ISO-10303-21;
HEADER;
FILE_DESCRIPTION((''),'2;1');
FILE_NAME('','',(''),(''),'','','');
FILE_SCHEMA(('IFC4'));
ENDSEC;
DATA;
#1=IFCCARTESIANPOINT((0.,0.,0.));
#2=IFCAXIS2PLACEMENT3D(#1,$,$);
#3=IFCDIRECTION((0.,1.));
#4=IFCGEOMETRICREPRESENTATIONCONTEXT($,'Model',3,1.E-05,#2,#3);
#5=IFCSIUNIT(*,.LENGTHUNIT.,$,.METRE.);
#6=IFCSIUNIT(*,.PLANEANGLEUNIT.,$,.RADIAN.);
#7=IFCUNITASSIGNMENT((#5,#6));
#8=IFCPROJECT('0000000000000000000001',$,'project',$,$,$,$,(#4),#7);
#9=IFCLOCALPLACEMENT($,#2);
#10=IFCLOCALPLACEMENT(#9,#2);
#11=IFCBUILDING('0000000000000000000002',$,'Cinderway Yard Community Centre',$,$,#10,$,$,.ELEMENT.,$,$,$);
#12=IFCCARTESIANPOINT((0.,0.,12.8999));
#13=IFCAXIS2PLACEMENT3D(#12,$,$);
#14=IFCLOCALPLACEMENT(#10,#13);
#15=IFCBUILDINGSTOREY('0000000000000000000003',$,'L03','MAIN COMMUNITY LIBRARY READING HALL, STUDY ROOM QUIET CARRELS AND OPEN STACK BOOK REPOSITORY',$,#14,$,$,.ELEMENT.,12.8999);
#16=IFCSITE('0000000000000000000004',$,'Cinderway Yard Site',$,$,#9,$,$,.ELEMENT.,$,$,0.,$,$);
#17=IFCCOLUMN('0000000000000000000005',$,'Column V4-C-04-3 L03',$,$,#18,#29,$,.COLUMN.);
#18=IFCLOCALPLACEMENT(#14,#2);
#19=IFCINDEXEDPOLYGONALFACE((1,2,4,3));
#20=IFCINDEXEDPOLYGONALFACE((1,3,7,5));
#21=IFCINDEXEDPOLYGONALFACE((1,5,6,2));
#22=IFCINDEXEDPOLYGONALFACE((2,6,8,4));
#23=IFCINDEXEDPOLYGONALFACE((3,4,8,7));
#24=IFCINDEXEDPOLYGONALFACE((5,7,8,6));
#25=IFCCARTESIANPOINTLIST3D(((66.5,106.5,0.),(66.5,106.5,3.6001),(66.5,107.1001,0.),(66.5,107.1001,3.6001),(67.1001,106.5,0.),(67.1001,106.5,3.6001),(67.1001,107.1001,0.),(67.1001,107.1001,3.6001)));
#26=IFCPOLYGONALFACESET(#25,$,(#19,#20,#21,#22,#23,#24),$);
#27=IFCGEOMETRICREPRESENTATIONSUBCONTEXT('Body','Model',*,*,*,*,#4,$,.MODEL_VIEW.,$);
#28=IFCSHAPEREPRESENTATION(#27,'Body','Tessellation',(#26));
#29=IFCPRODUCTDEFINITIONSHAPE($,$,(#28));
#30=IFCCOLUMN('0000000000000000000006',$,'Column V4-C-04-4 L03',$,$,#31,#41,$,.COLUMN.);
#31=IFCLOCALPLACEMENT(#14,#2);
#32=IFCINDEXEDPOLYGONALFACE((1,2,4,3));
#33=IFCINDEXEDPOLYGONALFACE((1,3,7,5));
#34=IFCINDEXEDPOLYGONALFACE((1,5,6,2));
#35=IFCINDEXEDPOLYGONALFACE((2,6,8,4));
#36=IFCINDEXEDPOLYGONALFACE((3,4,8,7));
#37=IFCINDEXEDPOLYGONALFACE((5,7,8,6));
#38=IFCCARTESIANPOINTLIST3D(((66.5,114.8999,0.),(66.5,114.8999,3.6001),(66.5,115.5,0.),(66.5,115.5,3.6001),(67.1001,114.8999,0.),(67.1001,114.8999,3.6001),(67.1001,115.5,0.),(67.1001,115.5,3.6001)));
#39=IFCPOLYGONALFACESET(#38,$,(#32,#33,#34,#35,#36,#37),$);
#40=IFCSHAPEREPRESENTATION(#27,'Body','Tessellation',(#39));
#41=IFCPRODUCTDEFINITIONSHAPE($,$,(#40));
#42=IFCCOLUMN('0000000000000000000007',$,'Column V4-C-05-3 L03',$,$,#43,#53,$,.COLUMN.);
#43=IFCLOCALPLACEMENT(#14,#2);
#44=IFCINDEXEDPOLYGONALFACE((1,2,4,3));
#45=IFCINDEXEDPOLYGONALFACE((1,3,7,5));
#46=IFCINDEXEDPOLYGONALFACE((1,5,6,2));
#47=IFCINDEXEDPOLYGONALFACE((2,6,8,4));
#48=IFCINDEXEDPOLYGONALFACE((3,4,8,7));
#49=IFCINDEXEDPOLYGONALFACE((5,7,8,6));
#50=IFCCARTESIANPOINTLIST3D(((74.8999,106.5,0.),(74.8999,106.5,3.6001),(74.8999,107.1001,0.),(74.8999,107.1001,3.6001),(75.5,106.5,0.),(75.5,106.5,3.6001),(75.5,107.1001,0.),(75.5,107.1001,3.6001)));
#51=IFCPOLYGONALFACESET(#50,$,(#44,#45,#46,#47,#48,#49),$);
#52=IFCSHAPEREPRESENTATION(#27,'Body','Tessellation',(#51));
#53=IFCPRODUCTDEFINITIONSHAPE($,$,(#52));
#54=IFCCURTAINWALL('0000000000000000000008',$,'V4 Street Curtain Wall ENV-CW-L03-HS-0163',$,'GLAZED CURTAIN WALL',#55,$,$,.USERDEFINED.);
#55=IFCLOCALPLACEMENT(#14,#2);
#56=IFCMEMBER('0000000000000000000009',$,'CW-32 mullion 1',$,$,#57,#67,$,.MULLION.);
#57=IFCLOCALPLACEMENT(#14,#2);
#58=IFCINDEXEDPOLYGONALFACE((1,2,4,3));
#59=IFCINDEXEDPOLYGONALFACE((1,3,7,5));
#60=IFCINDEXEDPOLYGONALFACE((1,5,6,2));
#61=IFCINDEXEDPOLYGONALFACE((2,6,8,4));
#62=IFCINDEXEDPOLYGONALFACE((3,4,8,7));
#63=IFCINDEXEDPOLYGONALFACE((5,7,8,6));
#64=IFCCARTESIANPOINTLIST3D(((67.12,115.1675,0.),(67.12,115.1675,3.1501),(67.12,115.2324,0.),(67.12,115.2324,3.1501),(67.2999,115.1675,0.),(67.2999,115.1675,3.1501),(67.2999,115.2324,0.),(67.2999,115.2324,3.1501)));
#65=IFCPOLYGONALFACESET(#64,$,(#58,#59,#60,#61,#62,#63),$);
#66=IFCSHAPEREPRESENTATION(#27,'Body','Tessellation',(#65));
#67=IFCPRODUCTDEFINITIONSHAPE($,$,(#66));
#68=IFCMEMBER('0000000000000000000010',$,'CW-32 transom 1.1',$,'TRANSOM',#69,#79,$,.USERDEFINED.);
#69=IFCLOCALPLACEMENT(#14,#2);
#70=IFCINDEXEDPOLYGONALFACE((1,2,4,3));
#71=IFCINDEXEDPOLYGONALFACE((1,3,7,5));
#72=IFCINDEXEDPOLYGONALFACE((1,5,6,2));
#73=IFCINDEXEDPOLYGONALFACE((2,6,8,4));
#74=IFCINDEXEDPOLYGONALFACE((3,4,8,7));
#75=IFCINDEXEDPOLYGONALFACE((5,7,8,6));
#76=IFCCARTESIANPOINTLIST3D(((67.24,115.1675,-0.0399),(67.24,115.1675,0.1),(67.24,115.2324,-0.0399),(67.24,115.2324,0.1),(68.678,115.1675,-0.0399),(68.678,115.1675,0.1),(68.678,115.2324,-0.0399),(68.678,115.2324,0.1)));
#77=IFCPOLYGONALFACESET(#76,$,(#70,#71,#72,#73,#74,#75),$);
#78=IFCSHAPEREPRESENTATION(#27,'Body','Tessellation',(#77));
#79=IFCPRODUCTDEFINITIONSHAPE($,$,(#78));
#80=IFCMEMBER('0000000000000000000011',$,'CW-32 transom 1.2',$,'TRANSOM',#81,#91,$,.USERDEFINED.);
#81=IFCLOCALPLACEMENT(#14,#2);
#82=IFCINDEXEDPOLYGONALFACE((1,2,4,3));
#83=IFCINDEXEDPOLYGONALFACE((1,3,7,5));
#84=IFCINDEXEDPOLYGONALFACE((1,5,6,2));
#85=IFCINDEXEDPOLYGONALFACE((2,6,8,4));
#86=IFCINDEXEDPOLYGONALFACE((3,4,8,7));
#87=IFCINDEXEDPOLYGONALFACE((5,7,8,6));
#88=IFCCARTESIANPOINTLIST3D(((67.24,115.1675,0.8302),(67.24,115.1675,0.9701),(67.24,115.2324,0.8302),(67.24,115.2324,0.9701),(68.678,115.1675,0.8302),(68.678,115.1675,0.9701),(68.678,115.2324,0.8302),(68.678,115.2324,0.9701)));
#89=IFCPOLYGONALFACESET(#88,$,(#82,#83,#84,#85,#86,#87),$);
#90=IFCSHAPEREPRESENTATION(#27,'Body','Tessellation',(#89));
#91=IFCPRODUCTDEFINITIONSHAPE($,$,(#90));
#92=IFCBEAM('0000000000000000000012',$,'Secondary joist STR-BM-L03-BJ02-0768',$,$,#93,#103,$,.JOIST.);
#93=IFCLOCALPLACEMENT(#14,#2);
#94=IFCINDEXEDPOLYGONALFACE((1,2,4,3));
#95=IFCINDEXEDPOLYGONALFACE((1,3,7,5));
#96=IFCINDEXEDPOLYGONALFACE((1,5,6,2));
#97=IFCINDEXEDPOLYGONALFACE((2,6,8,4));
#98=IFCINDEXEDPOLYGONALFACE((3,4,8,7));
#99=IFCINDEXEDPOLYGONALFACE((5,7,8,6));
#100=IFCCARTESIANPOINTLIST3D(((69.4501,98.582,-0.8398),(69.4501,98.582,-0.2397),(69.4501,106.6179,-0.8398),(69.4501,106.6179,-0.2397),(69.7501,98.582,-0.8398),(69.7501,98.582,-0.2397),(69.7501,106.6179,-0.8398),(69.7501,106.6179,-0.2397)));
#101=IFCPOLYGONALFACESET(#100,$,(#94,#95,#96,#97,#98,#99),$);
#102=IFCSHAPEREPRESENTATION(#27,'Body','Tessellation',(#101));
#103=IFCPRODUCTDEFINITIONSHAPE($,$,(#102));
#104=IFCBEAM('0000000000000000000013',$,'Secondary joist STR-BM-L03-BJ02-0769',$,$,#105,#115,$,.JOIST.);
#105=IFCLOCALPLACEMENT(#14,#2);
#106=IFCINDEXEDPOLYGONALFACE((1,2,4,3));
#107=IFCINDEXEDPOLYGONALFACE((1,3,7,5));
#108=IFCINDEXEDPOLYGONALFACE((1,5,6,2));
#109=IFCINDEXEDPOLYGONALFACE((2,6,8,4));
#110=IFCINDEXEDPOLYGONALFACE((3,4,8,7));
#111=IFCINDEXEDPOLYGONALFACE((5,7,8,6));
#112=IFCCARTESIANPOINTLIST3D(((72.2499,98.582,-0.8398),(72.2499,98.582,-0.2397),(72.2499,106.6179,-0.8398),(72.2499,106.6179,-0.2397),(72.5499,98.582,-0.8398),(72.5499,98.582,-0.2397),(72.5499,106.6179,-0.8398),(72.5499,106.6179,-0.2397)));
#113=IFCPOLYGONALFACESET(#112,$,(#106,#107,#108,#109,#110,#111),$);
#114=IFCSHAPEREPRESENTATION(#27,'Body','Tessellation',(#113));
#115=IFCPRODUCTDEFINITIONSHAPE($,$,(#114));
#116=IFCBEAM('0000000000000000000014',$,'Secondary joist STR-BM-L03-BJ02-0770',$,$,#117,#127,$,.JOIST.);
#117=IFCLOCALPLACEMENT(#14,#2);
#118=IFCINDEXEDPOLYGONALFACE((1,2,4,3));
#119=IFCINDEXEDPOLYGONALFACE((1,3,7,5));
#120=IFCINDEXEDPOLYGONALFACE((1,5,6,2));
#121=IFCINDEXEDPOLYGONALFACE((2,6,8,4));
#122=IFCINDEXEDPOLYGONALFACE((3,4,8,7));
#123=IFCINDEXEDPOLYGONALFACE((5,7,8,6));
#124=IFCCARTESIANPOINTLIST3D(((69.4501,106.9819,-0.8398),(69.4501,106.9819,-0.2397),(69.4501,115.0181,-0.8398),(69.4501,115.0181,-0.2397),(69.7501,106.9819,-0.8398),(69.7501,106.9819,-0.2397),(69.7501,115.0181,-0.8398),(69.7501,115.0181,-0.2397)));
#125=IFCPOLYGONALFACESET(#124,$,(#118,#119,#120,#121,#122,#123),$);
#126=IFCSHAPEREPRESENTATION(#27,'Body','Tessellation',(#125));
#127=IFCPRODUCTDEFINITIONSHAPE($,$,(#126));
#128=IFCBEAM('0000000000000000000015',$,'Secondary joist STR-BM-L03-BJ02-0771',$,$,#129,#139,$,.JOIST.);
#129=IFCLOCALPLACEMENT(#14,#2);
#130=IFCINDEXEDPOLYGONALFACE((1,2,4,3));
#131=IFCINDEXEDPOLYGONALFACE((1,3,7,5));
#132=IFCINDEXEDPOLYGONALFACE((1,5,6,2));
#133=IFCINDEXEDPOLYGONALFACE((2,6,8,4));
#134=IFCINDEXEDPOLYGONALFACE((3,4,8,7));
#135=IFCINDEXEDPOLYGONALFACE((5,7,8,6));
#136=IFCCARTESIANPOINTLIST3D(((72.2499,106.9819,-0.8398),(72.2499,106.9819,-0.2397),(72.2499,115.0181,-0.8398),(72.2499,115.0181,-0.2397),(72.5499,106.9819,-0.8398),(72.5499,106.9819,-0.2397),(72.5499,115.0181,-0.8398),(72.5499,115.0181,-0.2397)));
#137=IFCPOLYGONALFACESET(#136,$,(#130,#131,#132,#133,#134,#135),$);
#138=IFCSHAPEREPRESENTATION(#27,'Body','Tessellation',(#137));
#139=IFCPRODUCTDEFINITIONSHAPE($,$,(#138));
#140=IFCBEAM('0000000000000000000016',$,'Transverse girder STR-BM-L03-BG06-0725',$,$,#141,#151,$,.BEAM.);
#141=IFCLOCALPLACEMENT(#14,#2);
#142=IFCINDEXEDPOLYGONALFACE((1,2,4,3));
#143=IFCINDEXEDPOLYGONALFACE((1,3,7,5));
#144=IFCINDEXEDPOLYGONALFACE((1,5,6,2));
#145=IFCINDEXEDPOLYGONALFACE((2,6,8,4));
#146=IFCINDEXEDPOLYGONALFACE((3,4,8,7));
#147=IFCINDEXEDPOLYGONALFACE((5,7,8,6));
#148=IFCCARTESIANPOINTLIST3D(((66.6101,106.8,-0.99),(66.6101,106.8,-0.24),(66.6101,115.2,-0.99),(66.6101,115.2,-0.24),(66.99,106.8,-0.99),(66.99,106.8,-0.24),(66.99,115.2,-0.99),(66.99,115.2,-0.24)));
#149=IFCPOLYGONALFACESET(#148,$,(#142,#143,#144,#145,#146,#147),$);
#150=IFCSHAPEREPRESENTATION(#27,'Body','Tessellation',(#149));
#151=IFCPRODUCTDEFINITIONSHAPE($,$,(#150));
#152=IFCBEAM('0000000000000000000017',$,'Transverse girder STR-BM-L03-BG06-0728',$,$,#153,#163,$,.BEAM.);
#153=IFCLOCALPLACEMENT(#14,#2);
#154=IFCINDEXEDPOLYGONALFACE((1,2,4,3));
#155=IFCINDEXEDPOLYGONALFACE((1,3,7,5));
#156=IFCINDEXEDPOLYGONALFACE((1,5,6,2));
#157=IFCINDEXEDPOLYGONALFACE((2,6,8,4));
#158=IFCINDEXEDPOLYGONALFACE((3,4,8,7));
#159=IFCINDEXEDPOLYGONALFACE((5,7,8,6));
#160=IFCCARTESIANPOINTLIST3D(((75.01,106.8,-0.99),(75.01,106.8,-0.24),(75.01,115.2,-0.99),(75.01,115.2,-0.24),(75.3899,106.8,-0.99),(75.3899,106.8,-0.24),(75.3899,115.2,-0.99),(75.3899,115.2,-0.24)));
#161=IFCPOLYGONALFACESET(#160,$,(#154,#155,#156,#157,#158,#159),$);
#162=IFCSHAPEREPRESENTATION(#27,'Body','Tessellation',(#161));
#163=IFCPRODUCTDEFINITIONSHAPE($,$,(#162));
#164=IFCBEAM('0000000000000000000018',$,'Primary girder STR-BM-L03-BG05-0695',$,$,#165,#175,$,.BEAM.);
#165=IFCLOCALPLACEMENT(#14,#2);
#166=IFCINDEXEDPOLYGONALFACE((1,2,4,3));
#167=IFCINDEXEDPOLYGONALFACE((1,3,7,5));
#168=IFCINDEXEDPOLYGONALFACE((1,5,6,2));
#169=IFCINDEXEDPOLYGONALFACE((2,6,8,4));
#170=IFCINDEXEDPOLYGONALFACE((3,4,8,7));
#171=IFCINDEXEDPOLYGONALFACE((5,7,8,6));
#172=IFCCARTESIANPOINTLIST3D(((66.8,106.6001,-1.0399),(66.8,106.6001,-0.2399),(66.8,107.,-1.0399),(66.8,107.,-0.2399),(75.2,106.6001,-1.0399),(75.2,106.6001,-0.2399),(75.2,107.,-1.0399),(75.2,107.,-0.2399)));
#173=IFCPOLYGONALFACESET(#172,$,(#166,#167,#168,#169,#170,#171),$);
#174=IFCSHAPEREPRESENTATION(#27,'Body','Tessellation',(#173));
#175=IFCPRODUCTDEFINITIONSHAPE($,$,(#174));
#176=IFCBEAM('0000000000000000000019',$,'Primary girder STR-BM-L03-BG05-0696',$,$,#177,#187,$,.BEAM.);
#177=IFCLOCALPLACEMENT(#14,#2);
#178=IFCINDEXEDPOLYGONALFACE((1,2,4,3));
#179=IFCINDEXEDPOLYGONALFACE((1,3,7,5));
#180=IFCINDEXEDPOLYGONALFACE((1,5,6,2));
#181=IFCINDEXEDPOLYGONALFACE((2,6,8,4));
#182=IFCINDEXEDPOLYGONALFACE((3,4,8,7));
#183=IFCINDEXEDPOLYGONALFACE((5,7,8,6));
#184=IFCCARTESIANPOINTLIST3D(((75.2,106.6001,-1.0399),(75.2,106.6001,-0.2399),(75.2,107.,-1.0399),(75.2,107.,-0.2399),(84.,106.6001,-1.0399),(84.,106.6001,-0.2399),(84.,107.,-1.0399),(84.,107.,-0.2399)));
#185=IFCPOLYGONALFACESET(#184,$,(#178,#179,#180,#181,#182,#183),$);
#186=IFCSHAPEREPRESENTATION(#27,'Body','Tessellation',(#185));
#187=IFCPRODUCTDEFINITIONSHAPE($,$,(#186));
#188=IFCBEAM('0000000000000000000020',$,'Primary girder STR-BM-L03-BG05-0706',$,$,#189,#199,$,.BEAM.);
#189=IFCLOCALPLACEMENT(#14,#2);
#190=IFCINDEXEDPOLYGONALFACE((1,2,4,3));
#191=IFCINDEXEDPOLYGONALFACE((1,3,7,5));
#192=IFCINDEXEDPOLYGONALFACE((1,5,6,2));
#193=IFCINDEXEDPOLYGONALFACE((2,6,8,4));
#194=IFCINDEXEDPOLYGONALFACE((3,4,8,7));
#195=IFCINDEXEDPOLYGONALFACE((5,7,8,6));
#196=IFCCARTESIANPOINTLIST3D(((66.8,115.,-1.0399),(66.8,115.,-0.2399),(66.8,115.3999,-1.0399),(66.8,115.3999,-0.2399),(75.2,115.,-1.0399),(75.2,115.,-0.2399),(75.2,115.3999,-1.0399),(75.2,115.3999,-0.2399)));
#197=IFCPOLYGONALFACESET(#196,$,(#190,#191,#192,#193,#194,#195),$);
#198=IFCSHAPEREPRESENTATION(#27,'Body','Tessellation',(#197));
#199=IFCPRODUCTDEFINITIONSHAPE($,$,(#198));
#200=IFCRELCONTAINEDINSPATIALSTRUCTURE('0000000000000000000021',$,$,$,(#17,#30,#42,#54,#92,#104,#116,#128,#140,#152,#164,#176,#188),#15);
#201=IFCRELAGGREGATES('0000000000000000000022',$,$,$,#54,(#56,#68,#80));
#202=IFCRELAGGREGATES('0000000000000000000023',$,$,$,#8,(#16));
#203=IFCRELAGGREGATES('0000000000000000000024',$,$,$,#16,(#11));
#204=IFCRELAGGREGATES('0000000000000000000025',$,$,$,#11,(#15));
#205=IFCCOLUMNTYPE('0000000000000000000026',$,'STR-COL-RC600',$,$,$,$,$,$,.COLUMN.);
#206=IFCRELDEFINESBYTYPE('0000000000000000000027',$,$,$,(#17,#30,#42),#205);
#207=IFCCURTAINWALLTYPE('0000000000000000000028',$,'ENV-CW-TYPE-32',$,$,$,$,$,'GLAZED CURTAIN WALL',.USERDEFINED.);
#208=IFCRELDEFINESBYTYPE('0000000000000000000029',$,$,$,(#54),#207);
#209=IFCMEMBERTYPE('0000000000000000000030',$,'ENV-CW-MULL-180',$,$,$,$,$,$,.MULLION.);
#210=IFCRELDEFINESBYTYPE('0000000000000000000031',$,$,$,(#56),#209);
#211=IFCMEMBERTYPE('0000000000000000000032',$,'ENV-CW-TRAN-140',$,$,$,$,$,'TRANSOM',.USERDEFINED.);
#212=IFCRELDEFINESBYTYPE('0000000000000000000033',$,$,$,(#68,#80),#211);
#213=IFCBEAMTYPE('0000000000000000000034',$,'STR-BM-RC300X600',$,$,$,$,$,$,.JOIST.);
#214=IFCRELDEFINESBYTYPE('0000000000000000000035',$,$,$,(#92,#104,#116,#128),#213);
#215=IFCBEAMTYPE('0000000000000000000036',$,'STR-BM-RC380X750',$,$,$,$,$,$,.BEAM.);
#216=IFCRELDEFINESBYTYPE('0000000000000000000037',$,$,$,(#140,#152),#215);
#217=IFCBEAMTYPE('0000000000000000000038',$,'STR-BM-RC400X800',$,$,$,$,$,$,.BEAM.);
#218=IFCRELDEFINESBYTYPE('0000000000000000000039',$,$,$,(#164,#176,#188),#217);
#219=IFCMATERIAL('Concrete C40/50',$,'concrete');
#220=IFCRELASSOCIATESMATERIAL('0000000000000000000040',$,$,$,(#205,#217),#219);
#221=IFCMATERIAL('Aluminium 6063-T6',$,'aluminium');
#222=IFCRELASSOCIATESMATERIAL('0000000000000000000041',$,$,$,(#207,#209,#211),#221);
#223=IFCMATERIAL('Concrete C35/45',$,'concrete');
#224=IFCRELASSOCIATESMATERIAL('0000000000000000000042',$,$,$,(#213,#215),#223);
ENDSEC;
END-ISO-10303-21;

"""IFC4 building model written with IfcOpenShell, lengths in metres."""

from ifc_helpers import new_model, si_unit, direction, frame, origin, origin_2d, place, context, subcontext, project, spatial, rectangle, extrude, material, material_profile, profile_set, type_object, element, aggregate, save


model = new_model("IFC4")

# Units and contexts
model_context = context("Model", 3, precision=1e-05, world=origin(), true_north=direction((0.0, 1.0)))
body_context = subcontext(model_context, "Body", "Model", "MODEL_VIEW")
ifc_project = project(units=[si_unit("LENGTHUNIT", "METRE"), si_unit("PLANEANGLEUNIT", "RADIAN")], contexts=[model_context])

# Site, building, storey
site_placement = place(None, origin())
site = spatial("IfcSite", under=ifc_project, at=site_placement, Name="Cinderway Yard Site", CompositionType="ELEMENT", RefElevation=0.0)
building_placement = place(site_placement, origin())
building = spatial("IfcBuilding", under=site, at=building_placement, Name="Cinderway Yard Community Centre", CompositionType="ELEMENT")
storey_placement = place(building_placement, frame((0.0, 0.0, 12.8999)))
storey = spatial("IfcBuildingStorey", under=building, at=storey_placement, Name="L03", Description="MAIN COMMUNITY LIBRARY READING HALL, STUDY ROOM QUIET CARRELS AND OPEN STACK BOOK REPOSITORY", CompositionType="ELEMENT", Elevation=12.8999)

# Columns
ifc_material_1 = material(Name="Concrete C40/50", Category="concrete")
ifc_material_profile_1 = material_profile(ifc_material_1, rectangle(XDim=0.6001, YDim=0.6001, at=origin_2d()), Name="Concrete C40/50")
ifc_profile_set_1 = profile_set([ifc_material_profile_1], Name="Concrete C40/50")
column_type = type_object("IfcColumnType", Name="STR-COL-RC600", PredefinedType="COLUMN", material=ifc_profile_set_1)
for number, where, z_axis, x_axis, name in (
    (1, (66.8, 106.8, 0.0), (0.0, 0.0, 1.0), (1.0, 0.0, 0.0), "Column V4-C-04-3 L03"),
    (2, (66.8, 115.2, 0.0), (0.0, 0.0, 1.0), (1.0, 0.0, 0.0), "Column V4-C-04-4 L03"),
    (3, (75.2, 106.8, 0.0), (0.0, 0.0, 1.0), (1.0, 0.0, 0.0), "Column V4-C-05-3 L03"),
):
    element("IfcColumn", number, at=place(storey_placement, frame(where, z_axis=z_axis, x_axis=x_axis)), inside=storey, type_object=column_type, Name=name, PredefinedType="COLUMN", context=body_context, shape_type="SweptSolid", body=[
        extrude(rectangle(XDim=0.6001, YDim=0.6001, at=origin_2d()), origin(), (0.0, 0.0, 1.0), 3.6001),
    ])

# Curtain wall, members
ifc_material_2 = material(Name="Aluminium 6063-T6", Category="aluminium")
curtain_wall_type = type_object("IfcCurtainWallType", Name="ENV-CW-TYPE-32", ElementType="GLAZED CURTAIN WALL", PredefinedType="USERDEFINED", material=ifc_material_2)
curtain_wall_placement = place(storey_placement, origin())
curtain_wall = element("IfcCurtainWall", 4, at=curtain_wall_placement, inside=storey, type_object=curtain_wall_type, Name="V4 Street Curtain Wall ENV-CW-L03-HS-0163", ObjectType="GLAZED CURTAIN WALL", PredefinedType="USERDEFINED")
ifc_material_profile_2 = material_profile(ifc_material_2, rectangle(XDim=0.0649, YDim=0.1799, at=origin_2d()), Name="Aluminium 6063-T6")
ifc_profile_set_2 = profile_set([ifc_material_profile_2], Name="Aluminium 6063-T6")
member_type_1 = type_object("IfcMemberType", Name="ENV-CW-MULL-180", PredefinedType="MULLION", material=ifc_profile_set_2)
member_1_placement = place(storey_placement, frame((67.21, 115.2, 0.0), z_axis=(0.0, 0.0, 1.0), x_axis=(0.0, 1.0, 0.0)))
member_1 = element("IfcMember", 5, at=member_1_placement, type_object=member_type_1, Name="CW-32 mullion 1", PredefinedType="MULLION", context=body_context, shape_type="SweptSolid", body=[
    extrude(rectangle(XDim=0.0649, YDim=0.1799, at=origin_2d()), origin(), (0.0, 0.0, 1.0), 3.1501),
])
ifc_material_profile_3 = material_profile(ifc_material_2, rectangle(XDim=0.0649, YDim=0.1399, at=origin_2d()), Name="Aluminium 6063-T6")
ifc_profile_set_3 = profile_set([ifc_material_profile_3], Name="Aluminium 6063-T6")
member_type_2 = type_object("IfcMemberType", Name="ENV-CW-TRAN-140", ElementType="TRANSOM", PredefinedType="USERDEFINED", material=ifc_profile_set_3)
member_2_placement = place(storey_placement, frame((67.24, 115.2, 0.03), z_axis=(1.0, 0.0, 0.0), x_axis=(0.0, 1.0, 0.0)))
member_2 = element("IfcMember", 6, at=member_2_placement, type_object=member_type_2, Name="CW-32 transom 1.1", ObjectType="TRANSOM", PredefinedType="USERDEFINED", context=body_context, shape_type="SweptSolid", body=[
    extrude(rectangle(XDim=0.0649, YDim=0.1399, at=origin_2d()), origin(), (0.0, 0.0, 1.0), 1.438),
])
member_3_placement = place(storey_placement, frame((67.24, 115.2, 0.9001), z_axis=(1.0, 0.0, 0.0), x_axis=(0.0, 1.0, 0.0)))
member_3 = element("IfcMember", 7, at=member_3_placement, type_object=member_type_2, Name="CW-32 transom 1.2", ObjectType="TRANSOM", PredefinedType="USERDEFINED", context=body_context, shape_type="SweptSolid", body=[
    extrude(rectangle(XDim=0.0649, YDim=0.1399, at=origin_2d()), origin(), (0.0, 0.0, 1.0), 1.438),
])
aggregate(curtain_wall, [member_1, member_2, member_3])

# Beams
ifc_material_3 = material(Name="Concrete C35/45", Category="concrete")
ifc_material_profile_4 = material_profile(ifc_material_3, rectangle(XDim=0.3, YDim=0.6001, at=origin_2d()), Name="Concrete C35/45")
ifc_profile_set_4 = profile_set([ifc_material_profile_4], Name="Concrete C35/45")
beam_type_1 = type_object("IfcBeamType", Name="STR-BM-RC300X600", PredefinedType="JOIST", material=ifc_profile_set_4)
for number, where, z_axis, x_axis, name in (
    (8, (69.6001, 98.582, -0.5398), (0.0, 1.0, 0.0), (-1.0, 0.0, 0.0), "Secondary joist STR-BM-L03-BJ02-0768"),
    (9, (72.3999, 98.582, -0.5398), (0.0, 1.0, 0.0), (-1.0, 0.0, 0.0), "Secondary joist STR-BM-L03-BJ02-0769"),
):
    element("IfcBeam", number, at=place(storey_placement, frame(where, z_axis=z_axis, x_axis=x_axis)), inside=storey, type_object=beam_type_1, Name=name, PredefinedType="JOIST", context=body_context, shape_type="SweptSolid", body=[
        extrude(rectangle(XDim=0.3, YDim=0.6001, at=origin_2d()), origin(), (0.0, 0.0, 1.0), 8.0359),
    ])
for number, where, z_axis, x_axis, name in (
    (10, (69.6001, 106.9819, -0.5398), (0.0, 1.0, 0.0), (-1.0, 0.0, 0.0), "Secondary joist STR-BM-L03-BJ02-0770"),
    (11, (72.3999, 106.9819, -0.5398), (0.0, 1.0, 0.0), (-1.0, 0.0, 0.0), "Secondary joist STR-BM-L03-BJ02-0771"),
):
    element("IfcBeam", number, at=place(storey_placement, frame(where, z_axis=z_axis, x_axis=x_axis)), inside=storey, type_object=beam_type_1, Name=name, PredefinedType="JOIST", context=body_context, shape_type="SweptSolid", body=[
        extrude(rectangle(XDim=0.3, YDim=0.6001, at=origin_2d()), origin(), (0.0, 0.0, 1.0), 8.0361),
    ])
ifc_material_profile_5 = material_profile(ifc_material_3, rectangle(XDim=0.3799, YDim=0.75, at=origin_2d()), Name="Concrete C35/45")
ifc_profile_set_5 = profile_set([ifc_material_profile_5], Name="Concrete C35/45")
beam_type_2 = type_object("IfcBeamType", Name="STR-BM-RC380X750", PredefinedType="BEAM", material=ifc_profile_set_5)
for number, where, z_axis, x_axis, name in (
    (12, (66.8, 106.8, -0.615), (0.0, 1.0, 0.0), (-1.0, 0.0, 0.0), "Transverse girder STR-BM-L03-BG06-0725"),
    (13, (75.2, 106.8, -0.615), (0.0, 1.0, 0.0), (-1.0, 0.0, 0.0), "Transverse girder STR-BM-L03-BG06-0728"),
):
    element("IfcBeam", number, at=place(storey_placement, frame(where, z_axis=z_axis, x_axis=x_axis)), inside=storey, type_object=beam_type_2, Name=name, PredefinedType="BEAM", context=body_context, shape_type="SweptSolid", body=[
        extrude(rectangle(XDim=0.3799, YDim=0.75, at=origin_2d()), origin(), (0.0, 0.0, 1.0), 8.3999),
    ])
ifc_material_profile_6 = material_profile(ifc_material_1, rectangle(XDim=0.3999, YDim=0.8, at=origin_2d()), Name="Concrete C40/50")
ifc_profile_set_6 = profile_set([ifc_material_profile_6], Name="Concrete C40/50")
beam_type_3 = type_object("IfcBeamType", Name="STR-BM-RC400X800", PredefinedType="BEAM", material=ifc_profile_set_6)
beam_1_placement = place(storey_placement, frame((66.8, 106.8, -0.6399), z_axis=(1.0, 0.0, 0.0), x_axis=(0.0, 1.0, 0.0)))
element("IfcBeam", 14, at=beam_1_placement, inside=storey, type_object=beam_type_3, Name="Primary girder STR-BM-L03-BG05-0695", PredefinedType="BEAM", context=body_context, shape_type="SweptSolid", body=[
    extrude(rectangle(XDim=0.3999, YDim=0.8, at=origin_2d()), origin(), (0.0, 0.0, 1.0), 8.3999),
])
beam_2_placement = place(storey_placement, frame((75.2, 106.8, -0.6399), z_axis=(1.0, 0.0, 0.0), x_axis=(0.0, 1.0, 0.0)))
element("IfcBeam", 15, at=beam_2_placement, inside=storey, type_object=beam_type_3, Name="Primary girder STR-BM-L03-BG05-0696", PredefinedType="BEAM", context=body_context, shape_type="SweptSolid", body=[
    extrude(rectangle(XDim=0.3999, YDim=0.8, at=origin_2d()), origin(), (0.0, 0.0, 1.0), 8.8),
])
beam_3_placement = place(storey_placement, frame((66.8, 115.2, -0.6399), z_axis=(1.0, 0.0, 0.0), x_axis=(0.0, 1.0, 0.0)))
element("IfcBeam", 16, at=beam_3_placement, inside=storey, type_object=beam_type_3, Name="Primary girder STR-BM-L03-BG05-0706", PredefinedType="BEAM", context=body_context, shape_type="SweptSolid", body=[
    extrude(rectangle(XDim=0.3999, YDim=0.8, at=origin_2d()), origin(), (0.0, 0.0, 1.0), 8.3999),
])

save(model, "model.ifc")
